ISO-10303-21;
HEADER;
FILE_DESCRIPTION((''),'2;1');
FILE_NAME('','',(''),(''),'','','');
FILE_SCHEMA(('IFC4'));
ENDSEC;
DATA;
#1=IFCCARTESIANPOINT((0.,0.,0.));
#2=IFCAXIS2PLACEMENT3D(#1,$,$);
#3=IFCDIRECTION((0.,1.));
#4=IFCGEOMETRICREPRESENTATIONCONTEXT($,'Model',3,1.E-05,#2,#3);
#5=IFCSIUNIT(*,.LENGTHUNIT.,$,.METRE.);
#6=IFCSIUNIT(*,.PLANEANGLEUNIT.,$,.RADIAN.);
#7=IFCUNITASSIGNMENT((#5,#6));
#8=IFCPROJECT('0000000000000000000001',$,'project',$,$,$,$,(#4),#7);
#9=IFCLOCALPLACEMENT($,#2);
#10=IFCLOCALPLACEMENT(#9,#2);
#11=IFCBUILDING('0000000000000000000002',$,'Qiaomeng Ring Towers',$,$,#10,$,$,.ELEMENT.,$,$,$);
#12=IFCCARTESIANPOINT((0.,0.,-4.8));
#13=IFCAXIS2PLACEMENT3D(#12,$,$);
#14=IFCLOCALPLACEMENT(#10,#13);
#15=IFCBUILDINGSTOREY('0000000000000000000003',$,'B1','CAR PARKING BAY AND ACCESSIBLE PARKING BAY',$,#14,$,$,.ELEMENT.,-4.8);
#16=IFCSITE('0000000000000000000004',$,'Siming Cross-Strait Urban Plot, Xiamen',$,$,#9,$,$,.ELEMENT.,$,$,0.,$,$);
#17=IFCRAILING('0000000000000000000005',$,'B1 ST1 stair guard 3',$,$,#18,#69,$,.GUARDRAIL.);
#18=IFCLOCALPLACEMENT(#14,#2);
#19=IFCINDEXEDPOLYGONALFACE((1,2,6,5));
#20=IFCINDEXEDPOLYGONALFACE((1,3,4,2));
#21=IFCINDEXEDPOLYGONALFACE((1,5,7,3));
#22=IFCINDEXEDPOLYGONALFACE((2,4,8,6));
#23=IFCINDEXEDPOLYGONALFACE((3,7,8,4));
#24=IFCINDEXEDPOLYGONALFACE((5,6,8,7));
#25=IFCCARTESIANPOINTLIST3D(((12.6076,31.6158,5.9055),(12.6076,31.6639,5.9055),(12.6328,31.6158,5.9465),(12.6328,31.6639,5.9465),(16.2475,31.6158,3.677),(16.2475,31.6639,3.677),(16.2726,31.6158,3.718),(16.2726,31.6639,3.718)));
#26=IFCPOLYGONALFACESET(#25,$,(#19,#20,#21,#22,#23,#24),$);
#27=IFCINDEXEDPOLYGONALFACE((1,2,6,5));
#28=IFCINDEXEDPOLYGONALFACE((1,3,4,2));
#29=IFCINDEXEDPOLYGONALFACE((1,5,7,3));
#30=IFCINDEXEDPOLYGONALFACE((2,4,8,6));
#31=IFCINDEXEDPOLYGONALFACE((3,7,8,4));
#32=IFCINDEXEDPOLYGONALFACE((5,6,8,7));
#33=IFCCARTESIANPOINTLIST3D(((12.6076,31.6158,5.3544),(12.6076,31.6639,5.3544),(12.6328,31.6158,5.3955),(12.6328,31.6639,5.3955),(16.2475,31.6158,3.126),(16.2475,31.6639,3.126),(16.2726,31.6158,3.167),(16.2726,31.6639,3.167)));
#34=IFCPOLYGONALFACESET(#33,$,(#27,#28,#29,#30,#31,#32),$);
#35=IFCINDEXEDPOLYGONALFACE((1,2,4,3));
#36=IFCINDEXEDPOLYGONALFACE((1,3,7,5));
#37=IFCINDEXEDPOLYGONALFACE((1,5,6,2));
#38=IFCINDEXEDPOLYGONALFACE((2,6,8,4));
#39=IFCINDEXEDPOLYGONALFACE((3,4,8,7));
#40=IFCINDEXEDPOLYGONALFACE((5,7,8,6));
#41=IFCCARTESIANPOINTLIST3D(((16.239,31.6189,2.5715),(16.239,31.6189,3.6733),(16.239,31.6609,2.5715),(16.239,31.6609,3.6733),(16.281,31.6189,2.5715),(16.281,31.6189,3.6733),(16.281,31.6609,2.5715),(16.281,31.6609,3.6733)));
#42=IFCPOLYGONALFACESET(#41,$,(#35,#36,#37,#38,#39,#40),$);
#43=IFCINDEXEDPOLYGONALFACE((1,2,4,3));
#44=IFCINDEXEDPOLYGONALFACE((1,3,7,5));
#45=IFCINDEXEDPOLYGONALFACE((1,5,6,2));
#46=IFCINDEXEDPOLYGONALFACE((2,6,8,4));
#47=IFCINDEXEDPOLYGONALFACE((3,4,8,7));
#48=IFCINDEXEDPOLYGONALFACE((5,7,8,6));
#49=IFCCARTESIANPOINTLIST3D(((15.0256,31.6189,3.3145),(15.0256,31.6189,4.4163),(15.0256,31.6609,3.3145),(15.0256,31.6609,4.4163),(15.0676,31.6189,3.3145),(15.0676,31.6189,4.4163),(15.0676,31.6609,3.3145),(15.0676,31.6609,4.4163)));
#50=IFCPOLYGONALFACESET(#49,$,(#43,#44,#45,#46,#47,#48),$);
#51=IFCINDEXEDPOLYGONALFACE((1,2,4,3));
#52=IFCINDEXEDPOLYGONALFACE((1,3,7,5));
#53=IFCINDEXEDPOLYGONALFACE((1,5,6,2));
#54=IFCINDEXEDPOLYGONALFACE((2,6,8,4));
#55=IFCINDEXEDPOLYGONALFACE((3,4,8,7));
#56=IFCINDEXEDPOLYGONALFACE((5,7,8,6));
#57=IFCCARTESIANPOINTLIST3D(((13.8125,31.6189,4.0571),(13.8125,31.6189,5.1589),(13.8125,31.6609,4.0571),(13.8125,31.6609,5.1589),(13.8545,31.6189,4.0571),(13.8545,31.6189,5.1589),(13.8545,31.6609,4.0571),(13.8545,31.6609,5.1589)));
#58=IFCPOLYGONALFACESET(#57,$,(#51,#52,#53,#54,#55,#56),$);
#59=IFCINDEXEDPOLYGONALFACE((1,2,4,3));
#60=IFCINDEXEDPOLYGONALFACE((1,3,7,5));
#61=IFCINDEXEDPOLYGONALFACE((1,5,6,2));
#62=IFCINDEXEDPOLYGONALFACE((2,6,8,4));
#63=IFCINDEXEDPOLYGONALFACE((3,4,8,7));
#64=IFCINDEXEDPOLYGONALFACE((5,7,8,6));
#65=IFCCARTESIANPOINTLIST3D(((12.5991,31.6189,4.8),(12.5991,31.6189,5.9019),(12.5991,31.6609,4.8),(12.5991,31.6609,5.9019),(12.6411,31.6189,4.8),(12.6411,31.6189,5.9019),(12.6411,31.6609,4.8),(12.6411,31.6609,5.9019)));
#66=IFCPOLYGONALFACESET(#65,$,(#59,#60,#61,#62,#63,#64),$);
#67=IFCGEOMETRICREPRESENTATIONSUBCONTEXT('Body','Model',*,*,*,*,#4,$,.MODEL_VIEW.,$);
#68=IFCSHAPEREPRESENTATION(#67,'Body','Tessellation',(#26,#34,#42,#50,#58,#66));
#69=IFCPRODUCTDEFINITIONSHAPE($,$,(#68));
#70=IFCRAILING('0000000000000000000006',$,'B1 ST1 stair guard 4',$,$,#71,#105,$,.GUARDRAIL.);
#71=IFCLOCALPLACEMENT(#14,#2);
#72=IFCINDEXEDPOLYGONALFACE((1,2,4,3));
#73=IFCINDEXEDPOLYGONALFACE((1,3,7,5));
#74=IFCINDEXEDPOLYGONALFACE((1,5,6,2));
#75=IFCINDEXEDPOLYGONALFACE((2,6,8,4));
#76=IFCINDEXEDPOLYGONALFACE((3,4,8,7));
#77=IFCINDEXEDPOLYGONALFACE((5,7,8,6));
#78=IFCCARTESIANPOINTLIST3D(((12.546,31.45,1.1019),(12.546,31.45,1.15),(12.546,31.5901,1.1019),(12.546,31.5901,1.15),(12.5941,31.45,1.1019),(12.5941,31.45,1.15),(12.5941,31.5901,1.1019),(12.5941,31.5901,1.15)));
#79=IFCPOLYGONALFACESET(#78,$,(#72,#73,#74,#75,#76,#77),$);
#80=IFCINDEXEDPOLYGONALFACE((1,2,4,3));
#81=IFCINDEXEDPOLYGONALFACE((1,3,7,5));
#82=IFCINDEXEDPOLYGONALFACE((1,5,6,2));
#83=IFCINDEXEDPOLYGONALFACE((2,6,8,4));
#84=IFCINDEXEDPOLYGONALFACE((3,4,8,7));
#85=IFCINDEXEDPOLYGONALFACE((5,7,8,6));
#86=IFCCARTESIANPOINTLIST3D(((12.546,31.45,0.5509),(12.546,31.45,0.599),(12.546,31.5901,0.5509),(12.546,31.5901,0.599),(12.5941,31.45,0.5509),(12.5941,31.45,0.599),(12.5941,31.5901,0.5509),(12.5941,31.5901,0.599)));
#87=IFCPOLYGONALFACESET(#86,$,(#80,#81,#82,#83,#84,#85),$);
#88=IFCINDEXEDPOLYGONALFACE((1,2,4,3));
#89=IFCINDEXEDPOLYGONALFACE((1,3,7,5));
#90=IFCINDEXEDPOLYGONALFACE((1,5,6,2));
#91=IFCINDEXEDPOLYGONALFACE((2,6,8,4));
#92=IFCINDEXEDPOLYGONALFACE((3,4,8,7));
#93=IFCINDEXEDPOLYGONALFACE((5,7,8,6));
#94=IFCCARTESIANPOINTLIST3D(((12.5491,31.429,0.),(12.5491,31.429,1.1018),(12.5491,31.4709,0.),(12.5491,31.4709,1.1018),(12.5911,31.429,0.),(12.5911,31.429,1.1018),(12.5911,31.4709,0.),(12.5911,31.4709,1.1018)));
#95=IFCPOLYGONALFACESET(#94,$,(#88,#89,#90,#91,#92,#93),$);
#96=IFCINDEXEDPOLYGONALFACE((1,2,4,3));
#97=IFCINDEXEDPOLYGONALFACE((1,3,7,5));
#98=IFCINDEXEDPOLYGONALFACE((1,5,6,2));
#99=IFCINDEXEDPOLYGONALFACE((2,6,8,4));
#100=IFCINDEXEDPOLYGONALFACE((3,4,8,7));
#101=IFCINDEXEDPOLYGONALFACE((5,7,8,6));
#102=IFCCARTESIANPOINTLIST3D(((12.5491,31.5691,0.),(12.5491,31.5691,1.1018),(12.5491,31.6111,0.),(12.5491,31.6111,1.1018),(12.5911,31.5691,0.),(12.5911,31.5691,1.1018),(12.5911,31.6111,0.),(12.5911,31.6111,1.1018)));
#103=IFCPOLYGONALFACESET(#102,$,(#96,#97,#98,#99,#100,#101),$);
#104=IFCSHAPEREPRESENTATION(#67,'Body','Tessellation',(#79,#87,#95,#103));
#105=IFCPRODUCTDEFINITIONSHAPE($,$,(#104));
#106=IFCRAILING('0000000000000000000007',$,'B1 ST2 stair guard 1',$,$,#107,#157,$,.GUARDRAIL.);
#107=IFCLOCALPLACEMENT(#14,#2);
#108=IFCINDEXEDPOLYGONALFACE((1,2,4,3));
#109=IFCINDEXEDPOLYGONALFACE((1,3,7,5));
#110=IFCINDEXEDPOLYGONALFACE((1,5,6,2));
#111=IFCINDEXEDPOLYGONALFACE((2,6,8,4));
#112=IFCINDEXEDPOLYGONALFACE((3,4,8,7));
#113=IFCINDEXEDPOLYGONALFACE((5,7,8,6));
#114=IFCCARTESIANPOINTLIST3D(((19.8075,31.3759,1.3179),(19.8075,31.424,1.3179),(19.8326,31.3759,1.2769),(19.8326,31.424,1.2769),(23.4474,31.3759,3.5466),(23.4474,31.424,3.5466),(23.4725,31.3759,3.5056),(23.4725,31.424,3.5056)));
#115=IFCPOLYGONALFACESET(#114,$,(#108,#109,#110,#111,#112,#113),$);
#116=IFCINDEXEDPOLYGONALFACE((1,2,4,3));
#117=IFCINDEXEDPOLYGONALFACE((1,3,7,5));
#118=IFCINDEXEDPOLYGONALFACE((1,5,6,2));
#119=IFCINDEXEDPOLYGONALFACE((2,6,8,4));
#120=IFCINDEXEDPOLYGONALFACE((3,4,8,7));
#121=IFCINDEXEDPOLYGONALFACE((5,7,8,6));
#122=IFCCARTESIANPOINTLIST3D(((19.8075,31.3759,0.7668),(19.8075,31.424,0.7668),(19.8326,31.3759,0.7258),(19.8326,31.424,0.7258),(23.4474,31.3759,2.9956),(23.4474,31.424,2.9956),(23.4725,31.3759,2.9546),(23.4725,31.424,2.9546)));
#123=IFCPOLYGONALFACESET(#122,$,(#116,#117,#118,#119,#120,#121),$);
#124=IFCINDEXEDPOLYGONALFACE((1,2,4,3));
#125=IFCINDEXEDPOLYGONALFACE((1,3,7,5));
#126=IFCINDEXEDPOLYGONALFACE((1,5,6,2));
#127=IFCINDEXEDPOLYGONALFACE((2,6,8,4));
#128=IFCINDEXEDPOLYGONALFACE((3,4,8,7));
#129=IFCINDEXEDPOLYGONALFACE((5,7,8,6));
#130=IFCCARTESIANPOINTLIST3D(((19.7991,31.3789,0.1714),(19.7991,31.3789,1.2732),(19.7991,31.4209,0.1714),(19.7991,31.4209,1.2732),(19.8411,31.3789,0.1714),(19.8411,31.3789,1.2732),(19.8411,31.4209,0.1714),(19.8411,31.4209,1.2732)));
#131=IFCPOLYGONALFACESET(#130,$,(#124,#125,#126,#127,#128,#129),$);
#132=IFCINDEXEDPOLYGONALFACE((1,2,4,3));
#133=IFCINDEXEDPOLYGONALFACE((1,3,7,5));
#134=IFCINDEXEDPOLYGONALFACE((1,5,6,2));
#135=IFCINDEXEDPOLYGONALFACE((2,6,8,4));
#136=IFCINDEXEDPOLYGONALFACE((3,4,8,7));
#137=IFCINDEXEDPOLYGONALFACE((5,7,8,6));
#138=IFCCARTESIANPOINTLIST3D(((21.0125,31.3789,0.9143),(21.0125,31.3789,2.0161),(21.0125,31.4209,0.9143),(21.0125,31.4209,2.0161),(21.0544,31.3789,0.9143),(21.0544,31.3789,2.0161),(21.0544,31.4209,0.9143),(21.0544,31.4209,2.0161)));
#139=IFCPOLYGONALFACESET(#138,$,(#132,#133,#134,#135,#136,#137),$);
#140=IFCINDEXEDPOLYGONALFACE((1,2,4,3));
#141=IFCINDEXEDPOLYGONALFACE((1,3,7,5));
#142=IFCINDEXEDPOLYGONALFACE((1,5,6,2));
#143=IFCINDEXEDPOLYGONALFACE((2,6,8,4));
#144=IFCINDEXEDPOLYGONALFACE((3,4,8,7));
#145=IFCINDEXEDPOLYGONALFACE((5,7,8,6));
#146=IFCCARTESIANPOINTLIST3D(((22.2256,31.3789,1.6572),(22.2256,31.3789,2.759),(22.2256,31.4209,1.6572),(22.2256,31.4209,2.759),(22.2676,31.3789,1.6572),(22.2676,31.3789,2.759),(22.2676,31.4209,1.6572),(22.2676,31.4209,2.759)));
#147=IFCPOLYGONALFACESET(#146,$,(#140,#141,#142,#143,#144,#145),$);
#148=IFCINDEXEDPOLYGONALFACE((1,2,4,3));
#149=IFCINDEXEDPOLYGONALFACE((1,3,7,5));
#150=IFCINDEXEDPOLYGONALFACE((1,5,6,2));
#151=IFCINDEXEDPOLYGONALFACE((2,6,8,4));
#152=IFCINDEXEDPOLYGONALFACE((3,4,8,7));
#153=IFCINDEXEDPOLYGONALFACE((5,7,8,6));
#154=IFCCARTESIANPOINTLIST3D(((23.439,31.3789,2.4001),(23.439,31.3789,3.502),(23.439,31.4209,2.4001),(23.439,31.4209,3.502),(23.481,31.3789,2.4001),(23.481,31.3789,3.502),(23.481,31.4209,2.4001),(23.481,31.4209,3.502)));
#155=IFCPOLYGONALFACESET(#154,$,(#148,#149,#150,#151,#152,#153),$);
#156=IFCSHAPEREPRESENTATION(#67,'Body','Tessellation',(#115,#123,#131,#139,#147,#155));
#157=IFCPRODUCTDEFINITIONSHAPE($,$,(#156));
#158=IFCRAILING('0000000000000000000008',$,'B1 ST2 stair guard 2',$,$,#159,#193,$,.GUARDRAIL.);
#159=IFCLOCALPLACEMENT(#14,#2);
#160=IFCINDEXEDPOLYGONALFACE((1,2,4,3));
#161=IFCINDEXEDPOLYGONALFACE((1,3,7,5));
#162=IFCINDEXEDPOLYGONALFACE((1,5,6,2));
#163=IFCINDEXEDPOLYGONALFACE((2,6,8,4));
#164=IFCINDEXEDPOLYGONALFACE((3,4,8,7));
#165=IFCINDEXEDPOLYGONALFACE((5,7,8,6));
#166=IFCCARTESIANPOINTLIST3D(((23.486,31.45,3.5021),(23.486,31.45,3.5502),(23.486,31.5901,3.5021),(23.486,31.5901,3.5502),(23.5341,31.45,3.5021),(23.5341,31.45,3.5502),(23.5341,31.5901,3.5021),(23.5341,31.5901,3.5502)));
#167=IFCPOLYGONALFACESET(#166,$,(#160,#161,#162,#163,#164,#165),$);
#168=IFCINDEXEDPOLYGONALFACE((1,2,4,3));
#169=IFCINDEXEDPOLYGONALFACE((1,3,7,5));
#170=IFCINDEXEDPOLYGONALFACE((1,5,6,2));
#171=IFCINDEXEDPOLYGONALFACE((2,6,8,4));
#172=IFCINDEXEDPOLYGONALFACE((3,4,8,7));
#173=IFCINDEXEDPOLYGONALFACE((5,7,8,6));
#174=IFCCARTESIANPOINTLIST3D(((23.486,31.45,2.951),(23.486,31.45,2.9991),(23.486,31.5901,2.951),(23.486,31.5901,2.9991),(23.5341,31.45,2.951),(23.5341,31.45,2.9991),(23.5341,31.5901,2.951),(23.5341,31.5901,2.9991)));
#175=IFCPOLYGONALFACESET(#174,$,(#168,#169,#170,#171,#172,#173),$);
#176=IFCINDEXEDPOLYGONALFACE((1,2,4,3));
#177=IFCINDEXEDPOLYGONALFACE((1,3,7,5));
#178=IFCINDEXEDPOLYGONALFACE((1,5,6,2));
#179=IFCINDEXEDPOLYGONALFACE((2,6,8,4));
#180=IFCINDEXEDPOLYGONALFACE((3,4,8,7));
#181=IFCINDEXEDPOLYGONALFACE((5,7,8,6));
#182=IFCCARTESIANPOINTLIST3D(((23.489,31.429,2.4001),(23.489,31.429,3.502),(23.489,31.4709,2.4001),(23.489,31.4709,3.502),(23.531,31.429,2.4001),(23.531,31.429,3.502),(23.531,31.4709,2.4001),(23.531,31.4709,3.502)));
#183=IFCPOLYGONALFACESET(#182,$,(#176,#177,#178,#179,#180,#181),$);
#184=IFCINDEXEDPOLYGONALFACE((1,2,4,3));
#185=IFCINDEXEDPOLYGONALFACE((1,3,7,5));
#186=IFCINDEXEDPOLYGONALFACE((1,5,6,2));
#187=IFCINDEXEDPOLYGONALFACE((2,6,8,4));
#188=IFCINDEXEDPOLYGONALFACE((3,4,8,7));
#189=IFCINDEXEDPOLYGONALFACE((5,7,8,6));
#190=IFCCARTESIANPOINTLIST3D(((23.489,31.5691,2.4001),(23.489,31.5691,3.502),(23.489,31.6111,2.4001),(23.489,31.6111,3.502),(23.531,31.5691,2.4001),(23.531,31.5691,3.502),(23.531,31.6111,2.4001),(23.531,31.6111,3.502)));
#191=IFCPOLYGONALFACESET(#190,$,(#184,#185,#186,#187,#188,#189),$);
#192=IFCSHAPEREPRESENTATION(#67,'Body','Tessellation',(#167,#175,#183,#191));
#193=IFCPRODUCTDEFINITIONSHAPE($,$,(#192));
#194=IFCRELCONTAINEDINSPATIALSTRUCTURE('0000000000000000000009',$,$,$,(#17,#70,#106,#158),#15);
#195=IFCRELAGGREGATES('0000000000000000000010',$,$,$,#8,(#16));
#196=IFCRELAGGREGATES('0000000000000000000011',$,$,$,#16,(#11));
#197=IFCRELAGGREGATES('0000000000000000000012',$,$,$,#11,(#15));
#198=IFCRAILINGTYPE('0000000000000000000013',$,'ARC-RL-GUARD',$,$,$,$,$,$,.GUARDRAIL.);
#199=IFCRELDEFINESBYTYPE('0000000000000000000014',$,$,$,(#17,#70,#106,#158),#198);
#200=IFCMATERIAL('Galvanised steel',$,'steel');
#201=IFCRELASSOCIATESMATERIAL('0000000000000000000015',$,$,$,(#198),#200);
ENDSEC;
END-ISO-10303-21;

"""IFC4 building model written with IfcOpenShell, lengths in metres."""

from ifc_helpers import new_model, si_unit, direction, frame, origin, origin_2d, place, context, subcontext, project, spatial, rectangle, extrude, material, type_object, element, save


model = new_model("IFC4")

# Units and contexts
model_context = context("Model", 3, precision=1e-05, world=origin(), true_north=direction((0.0, 1.0)))
body_context = subcontext(model_context, "Body", "Model", "MODEL_VIEW")
ifc_project = project(units=[si_unit("LENGTHUNIT", "METRE"), si_unit("PLANEANGLEUNIT", "RADIAN")], contexts=[model_context])

# Site, building, storey
site_placement = place(None, origin())
site = spatial("IfcSite", under=ifc_project, at=site_placement, Name="Siming Cross-Strait Urban Plot, Xiamen", CompositionType="ELEMENT", RefElevation=0.0)
building_placement = place(site_placement, origin())
building = spatial("IfcBuilding", under=site, at=building_placement, Name="Qiaomeng Ring Towers", CompositionType="ELEMENT")
storey_placement = place(building_placement, frame((0.0, 0.0, -4.8)))
storey = spatial("IfcBuildingStorey", under=building, at=storey_placement, Name="B1", Description="CAR PARKING BAY AND ACCESSIBLE PARKING BAY", CompositionType="ELEMENT", Elevation=-4.8)

# Shared definitions
ifc_material_1 = material(Name="Galvanised steel", Category="steel")

# Railings
railing_type_1 = type_object("IfcRailingType", Name="ARC-RL-GUARD", PredefinedType="GUARDRAIL", material=ifc_material_1)
railing_1_placement = place(storey_placement, frame((16.26, 31.6399, 2.5715)))
element("IfcRailing", 1, at=railing_1_placement, inside=storey, type_object=railing_type_1, Name="B1 ST1 stair guard 3", PredefinedType="GUARDRAIL", context=body_context, shape_type="SweptSolid", body=[
    extrude(rectangle(XDim=0.0481, YDim=0.0481, at=origin_2d()), frame((0.0, 0.0, 1.126), z_axis=(-0.85285, 0.0, 0.522156), x_axis=(0.0, -1.0, 0.0)), (0.0, 0.0, 1.0), 4.2678),
    extrude(rectangle(XDim=0.0481, YDim=0.0481, at=origin_2d()), frame((0.0, 0.0, 0.575), z_axis=(-0.85285, 0.0, 0.522156), x_axis=(0.0, -1.0, 0.0)), (0.0, 0.0, 1.0), 4.2678),
    extrude(rectangle(XDim=0.042, YDim=0.042, at=origin_2d()), origin(), (0.0, 0.0, 1.0), 1.1018),
    extrude(rectangle(XDim=0.042, YDim=0.042, at=origin_2d()), frame((-1.2134, 0.0, 0.7429)), (0.0, 0.0, 1.0), 1.1018),
    extrude(rectangle(XDim=0.042, YDim=0.042, at=origin_2d()), frame((-2.4265, 0.0, 1.4856)), (0.0, 0.0, 1.0), 1.1018),
    extrude(rectangle(XDim=0.042, YDim=0.042, at=origin_2d()), frame((-3.6399, 0.0, 2.2285)), (0.0, 0.0, 1.0), 1.1018),
])
railing_2_placement = place(storey_placement, frame((12.5701, 31.45, 0.0)))
element("IfcRailing", 2, at=railing_2_placement, inside=storey, type_object=railing_type_1, Name="B1 ST1 stair guard 4", PredefinedType="GUARDRAIL", context=body_context, shape_type="SweptSolid", body=[
    extrude(rectangle(XDim=0.0481, YDim=0.0481, at=origin_2d()), frame((0.0, 0.0, 1.126), z_axis=(0.0, 1.0, 0.0), x_axis=(-1.0, 0.0, 0.0)), (0.0, 0.0, 1.0), 0.1401),
    extrude(rectangle(XDim=0.0481, YDim=0.0481, at=origin_2d()), frame((0.0, 0.0, 0.575), z_axis=(0.0, 1.0, 0.0), x_axis=(-1.0, 0.0, 0.0)), (0.0, 0.0, 1.0), 0.1401),
    extrude(rectangle(XDim=0.042, YDim=0.042, at=origin_2d()), origin(), (0.0, 0.0, 1.0), 1.1018),
    extrude(rectangle(XDim=0.042, YDim=0.042, at=origin_2d()), frame((0.0, 0.1401, 0.0)), (0.0, 0.0, 1.0), 1.1018),
])
railing_3_placement = place(storey_placement, frame((19.8201, 31.3999, 0.1714)))
element("IfcRailing", 3, at=railing_3_placement, inside=storey, type_object=railing_type_1, Name="B1 ST2 stair guard 1", PredefinedType="GUARDRAIL", context=body_context, shape_type="SweptSolid", body=[
    extrude(rectangle(XDim=0.0481, YDim=0.0481, at=origin_2d()), frame((0.0, 0.0, 1.126), z_axis=(0.852825, 0.0, 0.522197), x_axis=(0.0, 1.0, 0.0)), (0.0, 0.0, 1.0), 4.2681),
    extrude(rectangle(XDim=0.0481, YDim=0.0481, at=origin_2d()), frame((0.0, 0.0, 0.575), z_axis=(0.852825, 0.0, 0.522197), x_axis=(0.0, 1.0, 0.0)), (0.0, 0.0, 1.0), 4.2681),
    extrude(rectangle(XDim=0.042, YDim=0.042, at=origin_2d()), origin(), (0.0, 0.0, 1.0), 1.1018),
    extrude(rectangle(XDim=0.042, YDim=0.042, at=origin_2d()), frame((1.2134, 0.0, 0.7429)), (0.0, 0.0, 1.0), 1.1018),
    extrude(rectangle(XDim=0.042, YDim=0.042, at=origin_2d()), frame((2.4265, 0.0, 1.4858)), (0.0, 0.0, 1.0), 1.1018),
    extrude(rectangle(XDim=0.042, YDim=0.042, at=origin_2d()), frame((3.6399, 0.0, 2.2288)), (0.0, 0.0, 1.0), 1.1018),
])
railing_4_placement = place(storey_placement, frame((23.51, 31.45, 2.4001)))
element("IfcRailing", 4, at=railing_4_placement, inside=storey, type_object=railing_type_1, Name="B1 ST2 stair guard 2", PredefinedType="GUARDRAIL", context=body_context, shape_type="SweptSolid", body=[
    extrude(rectangle(XDim=0.0481, YDim=0.0481, at=origin_2d()), frame((0.0, 0.0, 1.126), z_axis=(0.0, 1.0, 0.0), x_axis=(-1.0, 0.0, 0.0)), (0.0, 0.0, 1.0), 0.1401),
    extrude(rectangle(XDim=0.0481, YDim=0.0481, at=origin_2d()), frame((0.0, 0.0, 0.575), z_axis=(0.0, 1.0, 0.0), x_axis=(-1.0, 0.0, 0.0)), (0.0, 0.0, 1.0), 0.1401),
    extrude(rectangle(XDim=0.042, YDim=0.042, at=origin_2d()), origin(), (0.0, 0.0, 1.0), 1.1018),
    extrude(rectangle(XDim=0.042, YDim=0.042, at=origin_2d()), frame((0.0, 0.1401, 0.0)), (0.0, 0.0, 1.0), 1.1018),
])

save(model, "model.ifc")
